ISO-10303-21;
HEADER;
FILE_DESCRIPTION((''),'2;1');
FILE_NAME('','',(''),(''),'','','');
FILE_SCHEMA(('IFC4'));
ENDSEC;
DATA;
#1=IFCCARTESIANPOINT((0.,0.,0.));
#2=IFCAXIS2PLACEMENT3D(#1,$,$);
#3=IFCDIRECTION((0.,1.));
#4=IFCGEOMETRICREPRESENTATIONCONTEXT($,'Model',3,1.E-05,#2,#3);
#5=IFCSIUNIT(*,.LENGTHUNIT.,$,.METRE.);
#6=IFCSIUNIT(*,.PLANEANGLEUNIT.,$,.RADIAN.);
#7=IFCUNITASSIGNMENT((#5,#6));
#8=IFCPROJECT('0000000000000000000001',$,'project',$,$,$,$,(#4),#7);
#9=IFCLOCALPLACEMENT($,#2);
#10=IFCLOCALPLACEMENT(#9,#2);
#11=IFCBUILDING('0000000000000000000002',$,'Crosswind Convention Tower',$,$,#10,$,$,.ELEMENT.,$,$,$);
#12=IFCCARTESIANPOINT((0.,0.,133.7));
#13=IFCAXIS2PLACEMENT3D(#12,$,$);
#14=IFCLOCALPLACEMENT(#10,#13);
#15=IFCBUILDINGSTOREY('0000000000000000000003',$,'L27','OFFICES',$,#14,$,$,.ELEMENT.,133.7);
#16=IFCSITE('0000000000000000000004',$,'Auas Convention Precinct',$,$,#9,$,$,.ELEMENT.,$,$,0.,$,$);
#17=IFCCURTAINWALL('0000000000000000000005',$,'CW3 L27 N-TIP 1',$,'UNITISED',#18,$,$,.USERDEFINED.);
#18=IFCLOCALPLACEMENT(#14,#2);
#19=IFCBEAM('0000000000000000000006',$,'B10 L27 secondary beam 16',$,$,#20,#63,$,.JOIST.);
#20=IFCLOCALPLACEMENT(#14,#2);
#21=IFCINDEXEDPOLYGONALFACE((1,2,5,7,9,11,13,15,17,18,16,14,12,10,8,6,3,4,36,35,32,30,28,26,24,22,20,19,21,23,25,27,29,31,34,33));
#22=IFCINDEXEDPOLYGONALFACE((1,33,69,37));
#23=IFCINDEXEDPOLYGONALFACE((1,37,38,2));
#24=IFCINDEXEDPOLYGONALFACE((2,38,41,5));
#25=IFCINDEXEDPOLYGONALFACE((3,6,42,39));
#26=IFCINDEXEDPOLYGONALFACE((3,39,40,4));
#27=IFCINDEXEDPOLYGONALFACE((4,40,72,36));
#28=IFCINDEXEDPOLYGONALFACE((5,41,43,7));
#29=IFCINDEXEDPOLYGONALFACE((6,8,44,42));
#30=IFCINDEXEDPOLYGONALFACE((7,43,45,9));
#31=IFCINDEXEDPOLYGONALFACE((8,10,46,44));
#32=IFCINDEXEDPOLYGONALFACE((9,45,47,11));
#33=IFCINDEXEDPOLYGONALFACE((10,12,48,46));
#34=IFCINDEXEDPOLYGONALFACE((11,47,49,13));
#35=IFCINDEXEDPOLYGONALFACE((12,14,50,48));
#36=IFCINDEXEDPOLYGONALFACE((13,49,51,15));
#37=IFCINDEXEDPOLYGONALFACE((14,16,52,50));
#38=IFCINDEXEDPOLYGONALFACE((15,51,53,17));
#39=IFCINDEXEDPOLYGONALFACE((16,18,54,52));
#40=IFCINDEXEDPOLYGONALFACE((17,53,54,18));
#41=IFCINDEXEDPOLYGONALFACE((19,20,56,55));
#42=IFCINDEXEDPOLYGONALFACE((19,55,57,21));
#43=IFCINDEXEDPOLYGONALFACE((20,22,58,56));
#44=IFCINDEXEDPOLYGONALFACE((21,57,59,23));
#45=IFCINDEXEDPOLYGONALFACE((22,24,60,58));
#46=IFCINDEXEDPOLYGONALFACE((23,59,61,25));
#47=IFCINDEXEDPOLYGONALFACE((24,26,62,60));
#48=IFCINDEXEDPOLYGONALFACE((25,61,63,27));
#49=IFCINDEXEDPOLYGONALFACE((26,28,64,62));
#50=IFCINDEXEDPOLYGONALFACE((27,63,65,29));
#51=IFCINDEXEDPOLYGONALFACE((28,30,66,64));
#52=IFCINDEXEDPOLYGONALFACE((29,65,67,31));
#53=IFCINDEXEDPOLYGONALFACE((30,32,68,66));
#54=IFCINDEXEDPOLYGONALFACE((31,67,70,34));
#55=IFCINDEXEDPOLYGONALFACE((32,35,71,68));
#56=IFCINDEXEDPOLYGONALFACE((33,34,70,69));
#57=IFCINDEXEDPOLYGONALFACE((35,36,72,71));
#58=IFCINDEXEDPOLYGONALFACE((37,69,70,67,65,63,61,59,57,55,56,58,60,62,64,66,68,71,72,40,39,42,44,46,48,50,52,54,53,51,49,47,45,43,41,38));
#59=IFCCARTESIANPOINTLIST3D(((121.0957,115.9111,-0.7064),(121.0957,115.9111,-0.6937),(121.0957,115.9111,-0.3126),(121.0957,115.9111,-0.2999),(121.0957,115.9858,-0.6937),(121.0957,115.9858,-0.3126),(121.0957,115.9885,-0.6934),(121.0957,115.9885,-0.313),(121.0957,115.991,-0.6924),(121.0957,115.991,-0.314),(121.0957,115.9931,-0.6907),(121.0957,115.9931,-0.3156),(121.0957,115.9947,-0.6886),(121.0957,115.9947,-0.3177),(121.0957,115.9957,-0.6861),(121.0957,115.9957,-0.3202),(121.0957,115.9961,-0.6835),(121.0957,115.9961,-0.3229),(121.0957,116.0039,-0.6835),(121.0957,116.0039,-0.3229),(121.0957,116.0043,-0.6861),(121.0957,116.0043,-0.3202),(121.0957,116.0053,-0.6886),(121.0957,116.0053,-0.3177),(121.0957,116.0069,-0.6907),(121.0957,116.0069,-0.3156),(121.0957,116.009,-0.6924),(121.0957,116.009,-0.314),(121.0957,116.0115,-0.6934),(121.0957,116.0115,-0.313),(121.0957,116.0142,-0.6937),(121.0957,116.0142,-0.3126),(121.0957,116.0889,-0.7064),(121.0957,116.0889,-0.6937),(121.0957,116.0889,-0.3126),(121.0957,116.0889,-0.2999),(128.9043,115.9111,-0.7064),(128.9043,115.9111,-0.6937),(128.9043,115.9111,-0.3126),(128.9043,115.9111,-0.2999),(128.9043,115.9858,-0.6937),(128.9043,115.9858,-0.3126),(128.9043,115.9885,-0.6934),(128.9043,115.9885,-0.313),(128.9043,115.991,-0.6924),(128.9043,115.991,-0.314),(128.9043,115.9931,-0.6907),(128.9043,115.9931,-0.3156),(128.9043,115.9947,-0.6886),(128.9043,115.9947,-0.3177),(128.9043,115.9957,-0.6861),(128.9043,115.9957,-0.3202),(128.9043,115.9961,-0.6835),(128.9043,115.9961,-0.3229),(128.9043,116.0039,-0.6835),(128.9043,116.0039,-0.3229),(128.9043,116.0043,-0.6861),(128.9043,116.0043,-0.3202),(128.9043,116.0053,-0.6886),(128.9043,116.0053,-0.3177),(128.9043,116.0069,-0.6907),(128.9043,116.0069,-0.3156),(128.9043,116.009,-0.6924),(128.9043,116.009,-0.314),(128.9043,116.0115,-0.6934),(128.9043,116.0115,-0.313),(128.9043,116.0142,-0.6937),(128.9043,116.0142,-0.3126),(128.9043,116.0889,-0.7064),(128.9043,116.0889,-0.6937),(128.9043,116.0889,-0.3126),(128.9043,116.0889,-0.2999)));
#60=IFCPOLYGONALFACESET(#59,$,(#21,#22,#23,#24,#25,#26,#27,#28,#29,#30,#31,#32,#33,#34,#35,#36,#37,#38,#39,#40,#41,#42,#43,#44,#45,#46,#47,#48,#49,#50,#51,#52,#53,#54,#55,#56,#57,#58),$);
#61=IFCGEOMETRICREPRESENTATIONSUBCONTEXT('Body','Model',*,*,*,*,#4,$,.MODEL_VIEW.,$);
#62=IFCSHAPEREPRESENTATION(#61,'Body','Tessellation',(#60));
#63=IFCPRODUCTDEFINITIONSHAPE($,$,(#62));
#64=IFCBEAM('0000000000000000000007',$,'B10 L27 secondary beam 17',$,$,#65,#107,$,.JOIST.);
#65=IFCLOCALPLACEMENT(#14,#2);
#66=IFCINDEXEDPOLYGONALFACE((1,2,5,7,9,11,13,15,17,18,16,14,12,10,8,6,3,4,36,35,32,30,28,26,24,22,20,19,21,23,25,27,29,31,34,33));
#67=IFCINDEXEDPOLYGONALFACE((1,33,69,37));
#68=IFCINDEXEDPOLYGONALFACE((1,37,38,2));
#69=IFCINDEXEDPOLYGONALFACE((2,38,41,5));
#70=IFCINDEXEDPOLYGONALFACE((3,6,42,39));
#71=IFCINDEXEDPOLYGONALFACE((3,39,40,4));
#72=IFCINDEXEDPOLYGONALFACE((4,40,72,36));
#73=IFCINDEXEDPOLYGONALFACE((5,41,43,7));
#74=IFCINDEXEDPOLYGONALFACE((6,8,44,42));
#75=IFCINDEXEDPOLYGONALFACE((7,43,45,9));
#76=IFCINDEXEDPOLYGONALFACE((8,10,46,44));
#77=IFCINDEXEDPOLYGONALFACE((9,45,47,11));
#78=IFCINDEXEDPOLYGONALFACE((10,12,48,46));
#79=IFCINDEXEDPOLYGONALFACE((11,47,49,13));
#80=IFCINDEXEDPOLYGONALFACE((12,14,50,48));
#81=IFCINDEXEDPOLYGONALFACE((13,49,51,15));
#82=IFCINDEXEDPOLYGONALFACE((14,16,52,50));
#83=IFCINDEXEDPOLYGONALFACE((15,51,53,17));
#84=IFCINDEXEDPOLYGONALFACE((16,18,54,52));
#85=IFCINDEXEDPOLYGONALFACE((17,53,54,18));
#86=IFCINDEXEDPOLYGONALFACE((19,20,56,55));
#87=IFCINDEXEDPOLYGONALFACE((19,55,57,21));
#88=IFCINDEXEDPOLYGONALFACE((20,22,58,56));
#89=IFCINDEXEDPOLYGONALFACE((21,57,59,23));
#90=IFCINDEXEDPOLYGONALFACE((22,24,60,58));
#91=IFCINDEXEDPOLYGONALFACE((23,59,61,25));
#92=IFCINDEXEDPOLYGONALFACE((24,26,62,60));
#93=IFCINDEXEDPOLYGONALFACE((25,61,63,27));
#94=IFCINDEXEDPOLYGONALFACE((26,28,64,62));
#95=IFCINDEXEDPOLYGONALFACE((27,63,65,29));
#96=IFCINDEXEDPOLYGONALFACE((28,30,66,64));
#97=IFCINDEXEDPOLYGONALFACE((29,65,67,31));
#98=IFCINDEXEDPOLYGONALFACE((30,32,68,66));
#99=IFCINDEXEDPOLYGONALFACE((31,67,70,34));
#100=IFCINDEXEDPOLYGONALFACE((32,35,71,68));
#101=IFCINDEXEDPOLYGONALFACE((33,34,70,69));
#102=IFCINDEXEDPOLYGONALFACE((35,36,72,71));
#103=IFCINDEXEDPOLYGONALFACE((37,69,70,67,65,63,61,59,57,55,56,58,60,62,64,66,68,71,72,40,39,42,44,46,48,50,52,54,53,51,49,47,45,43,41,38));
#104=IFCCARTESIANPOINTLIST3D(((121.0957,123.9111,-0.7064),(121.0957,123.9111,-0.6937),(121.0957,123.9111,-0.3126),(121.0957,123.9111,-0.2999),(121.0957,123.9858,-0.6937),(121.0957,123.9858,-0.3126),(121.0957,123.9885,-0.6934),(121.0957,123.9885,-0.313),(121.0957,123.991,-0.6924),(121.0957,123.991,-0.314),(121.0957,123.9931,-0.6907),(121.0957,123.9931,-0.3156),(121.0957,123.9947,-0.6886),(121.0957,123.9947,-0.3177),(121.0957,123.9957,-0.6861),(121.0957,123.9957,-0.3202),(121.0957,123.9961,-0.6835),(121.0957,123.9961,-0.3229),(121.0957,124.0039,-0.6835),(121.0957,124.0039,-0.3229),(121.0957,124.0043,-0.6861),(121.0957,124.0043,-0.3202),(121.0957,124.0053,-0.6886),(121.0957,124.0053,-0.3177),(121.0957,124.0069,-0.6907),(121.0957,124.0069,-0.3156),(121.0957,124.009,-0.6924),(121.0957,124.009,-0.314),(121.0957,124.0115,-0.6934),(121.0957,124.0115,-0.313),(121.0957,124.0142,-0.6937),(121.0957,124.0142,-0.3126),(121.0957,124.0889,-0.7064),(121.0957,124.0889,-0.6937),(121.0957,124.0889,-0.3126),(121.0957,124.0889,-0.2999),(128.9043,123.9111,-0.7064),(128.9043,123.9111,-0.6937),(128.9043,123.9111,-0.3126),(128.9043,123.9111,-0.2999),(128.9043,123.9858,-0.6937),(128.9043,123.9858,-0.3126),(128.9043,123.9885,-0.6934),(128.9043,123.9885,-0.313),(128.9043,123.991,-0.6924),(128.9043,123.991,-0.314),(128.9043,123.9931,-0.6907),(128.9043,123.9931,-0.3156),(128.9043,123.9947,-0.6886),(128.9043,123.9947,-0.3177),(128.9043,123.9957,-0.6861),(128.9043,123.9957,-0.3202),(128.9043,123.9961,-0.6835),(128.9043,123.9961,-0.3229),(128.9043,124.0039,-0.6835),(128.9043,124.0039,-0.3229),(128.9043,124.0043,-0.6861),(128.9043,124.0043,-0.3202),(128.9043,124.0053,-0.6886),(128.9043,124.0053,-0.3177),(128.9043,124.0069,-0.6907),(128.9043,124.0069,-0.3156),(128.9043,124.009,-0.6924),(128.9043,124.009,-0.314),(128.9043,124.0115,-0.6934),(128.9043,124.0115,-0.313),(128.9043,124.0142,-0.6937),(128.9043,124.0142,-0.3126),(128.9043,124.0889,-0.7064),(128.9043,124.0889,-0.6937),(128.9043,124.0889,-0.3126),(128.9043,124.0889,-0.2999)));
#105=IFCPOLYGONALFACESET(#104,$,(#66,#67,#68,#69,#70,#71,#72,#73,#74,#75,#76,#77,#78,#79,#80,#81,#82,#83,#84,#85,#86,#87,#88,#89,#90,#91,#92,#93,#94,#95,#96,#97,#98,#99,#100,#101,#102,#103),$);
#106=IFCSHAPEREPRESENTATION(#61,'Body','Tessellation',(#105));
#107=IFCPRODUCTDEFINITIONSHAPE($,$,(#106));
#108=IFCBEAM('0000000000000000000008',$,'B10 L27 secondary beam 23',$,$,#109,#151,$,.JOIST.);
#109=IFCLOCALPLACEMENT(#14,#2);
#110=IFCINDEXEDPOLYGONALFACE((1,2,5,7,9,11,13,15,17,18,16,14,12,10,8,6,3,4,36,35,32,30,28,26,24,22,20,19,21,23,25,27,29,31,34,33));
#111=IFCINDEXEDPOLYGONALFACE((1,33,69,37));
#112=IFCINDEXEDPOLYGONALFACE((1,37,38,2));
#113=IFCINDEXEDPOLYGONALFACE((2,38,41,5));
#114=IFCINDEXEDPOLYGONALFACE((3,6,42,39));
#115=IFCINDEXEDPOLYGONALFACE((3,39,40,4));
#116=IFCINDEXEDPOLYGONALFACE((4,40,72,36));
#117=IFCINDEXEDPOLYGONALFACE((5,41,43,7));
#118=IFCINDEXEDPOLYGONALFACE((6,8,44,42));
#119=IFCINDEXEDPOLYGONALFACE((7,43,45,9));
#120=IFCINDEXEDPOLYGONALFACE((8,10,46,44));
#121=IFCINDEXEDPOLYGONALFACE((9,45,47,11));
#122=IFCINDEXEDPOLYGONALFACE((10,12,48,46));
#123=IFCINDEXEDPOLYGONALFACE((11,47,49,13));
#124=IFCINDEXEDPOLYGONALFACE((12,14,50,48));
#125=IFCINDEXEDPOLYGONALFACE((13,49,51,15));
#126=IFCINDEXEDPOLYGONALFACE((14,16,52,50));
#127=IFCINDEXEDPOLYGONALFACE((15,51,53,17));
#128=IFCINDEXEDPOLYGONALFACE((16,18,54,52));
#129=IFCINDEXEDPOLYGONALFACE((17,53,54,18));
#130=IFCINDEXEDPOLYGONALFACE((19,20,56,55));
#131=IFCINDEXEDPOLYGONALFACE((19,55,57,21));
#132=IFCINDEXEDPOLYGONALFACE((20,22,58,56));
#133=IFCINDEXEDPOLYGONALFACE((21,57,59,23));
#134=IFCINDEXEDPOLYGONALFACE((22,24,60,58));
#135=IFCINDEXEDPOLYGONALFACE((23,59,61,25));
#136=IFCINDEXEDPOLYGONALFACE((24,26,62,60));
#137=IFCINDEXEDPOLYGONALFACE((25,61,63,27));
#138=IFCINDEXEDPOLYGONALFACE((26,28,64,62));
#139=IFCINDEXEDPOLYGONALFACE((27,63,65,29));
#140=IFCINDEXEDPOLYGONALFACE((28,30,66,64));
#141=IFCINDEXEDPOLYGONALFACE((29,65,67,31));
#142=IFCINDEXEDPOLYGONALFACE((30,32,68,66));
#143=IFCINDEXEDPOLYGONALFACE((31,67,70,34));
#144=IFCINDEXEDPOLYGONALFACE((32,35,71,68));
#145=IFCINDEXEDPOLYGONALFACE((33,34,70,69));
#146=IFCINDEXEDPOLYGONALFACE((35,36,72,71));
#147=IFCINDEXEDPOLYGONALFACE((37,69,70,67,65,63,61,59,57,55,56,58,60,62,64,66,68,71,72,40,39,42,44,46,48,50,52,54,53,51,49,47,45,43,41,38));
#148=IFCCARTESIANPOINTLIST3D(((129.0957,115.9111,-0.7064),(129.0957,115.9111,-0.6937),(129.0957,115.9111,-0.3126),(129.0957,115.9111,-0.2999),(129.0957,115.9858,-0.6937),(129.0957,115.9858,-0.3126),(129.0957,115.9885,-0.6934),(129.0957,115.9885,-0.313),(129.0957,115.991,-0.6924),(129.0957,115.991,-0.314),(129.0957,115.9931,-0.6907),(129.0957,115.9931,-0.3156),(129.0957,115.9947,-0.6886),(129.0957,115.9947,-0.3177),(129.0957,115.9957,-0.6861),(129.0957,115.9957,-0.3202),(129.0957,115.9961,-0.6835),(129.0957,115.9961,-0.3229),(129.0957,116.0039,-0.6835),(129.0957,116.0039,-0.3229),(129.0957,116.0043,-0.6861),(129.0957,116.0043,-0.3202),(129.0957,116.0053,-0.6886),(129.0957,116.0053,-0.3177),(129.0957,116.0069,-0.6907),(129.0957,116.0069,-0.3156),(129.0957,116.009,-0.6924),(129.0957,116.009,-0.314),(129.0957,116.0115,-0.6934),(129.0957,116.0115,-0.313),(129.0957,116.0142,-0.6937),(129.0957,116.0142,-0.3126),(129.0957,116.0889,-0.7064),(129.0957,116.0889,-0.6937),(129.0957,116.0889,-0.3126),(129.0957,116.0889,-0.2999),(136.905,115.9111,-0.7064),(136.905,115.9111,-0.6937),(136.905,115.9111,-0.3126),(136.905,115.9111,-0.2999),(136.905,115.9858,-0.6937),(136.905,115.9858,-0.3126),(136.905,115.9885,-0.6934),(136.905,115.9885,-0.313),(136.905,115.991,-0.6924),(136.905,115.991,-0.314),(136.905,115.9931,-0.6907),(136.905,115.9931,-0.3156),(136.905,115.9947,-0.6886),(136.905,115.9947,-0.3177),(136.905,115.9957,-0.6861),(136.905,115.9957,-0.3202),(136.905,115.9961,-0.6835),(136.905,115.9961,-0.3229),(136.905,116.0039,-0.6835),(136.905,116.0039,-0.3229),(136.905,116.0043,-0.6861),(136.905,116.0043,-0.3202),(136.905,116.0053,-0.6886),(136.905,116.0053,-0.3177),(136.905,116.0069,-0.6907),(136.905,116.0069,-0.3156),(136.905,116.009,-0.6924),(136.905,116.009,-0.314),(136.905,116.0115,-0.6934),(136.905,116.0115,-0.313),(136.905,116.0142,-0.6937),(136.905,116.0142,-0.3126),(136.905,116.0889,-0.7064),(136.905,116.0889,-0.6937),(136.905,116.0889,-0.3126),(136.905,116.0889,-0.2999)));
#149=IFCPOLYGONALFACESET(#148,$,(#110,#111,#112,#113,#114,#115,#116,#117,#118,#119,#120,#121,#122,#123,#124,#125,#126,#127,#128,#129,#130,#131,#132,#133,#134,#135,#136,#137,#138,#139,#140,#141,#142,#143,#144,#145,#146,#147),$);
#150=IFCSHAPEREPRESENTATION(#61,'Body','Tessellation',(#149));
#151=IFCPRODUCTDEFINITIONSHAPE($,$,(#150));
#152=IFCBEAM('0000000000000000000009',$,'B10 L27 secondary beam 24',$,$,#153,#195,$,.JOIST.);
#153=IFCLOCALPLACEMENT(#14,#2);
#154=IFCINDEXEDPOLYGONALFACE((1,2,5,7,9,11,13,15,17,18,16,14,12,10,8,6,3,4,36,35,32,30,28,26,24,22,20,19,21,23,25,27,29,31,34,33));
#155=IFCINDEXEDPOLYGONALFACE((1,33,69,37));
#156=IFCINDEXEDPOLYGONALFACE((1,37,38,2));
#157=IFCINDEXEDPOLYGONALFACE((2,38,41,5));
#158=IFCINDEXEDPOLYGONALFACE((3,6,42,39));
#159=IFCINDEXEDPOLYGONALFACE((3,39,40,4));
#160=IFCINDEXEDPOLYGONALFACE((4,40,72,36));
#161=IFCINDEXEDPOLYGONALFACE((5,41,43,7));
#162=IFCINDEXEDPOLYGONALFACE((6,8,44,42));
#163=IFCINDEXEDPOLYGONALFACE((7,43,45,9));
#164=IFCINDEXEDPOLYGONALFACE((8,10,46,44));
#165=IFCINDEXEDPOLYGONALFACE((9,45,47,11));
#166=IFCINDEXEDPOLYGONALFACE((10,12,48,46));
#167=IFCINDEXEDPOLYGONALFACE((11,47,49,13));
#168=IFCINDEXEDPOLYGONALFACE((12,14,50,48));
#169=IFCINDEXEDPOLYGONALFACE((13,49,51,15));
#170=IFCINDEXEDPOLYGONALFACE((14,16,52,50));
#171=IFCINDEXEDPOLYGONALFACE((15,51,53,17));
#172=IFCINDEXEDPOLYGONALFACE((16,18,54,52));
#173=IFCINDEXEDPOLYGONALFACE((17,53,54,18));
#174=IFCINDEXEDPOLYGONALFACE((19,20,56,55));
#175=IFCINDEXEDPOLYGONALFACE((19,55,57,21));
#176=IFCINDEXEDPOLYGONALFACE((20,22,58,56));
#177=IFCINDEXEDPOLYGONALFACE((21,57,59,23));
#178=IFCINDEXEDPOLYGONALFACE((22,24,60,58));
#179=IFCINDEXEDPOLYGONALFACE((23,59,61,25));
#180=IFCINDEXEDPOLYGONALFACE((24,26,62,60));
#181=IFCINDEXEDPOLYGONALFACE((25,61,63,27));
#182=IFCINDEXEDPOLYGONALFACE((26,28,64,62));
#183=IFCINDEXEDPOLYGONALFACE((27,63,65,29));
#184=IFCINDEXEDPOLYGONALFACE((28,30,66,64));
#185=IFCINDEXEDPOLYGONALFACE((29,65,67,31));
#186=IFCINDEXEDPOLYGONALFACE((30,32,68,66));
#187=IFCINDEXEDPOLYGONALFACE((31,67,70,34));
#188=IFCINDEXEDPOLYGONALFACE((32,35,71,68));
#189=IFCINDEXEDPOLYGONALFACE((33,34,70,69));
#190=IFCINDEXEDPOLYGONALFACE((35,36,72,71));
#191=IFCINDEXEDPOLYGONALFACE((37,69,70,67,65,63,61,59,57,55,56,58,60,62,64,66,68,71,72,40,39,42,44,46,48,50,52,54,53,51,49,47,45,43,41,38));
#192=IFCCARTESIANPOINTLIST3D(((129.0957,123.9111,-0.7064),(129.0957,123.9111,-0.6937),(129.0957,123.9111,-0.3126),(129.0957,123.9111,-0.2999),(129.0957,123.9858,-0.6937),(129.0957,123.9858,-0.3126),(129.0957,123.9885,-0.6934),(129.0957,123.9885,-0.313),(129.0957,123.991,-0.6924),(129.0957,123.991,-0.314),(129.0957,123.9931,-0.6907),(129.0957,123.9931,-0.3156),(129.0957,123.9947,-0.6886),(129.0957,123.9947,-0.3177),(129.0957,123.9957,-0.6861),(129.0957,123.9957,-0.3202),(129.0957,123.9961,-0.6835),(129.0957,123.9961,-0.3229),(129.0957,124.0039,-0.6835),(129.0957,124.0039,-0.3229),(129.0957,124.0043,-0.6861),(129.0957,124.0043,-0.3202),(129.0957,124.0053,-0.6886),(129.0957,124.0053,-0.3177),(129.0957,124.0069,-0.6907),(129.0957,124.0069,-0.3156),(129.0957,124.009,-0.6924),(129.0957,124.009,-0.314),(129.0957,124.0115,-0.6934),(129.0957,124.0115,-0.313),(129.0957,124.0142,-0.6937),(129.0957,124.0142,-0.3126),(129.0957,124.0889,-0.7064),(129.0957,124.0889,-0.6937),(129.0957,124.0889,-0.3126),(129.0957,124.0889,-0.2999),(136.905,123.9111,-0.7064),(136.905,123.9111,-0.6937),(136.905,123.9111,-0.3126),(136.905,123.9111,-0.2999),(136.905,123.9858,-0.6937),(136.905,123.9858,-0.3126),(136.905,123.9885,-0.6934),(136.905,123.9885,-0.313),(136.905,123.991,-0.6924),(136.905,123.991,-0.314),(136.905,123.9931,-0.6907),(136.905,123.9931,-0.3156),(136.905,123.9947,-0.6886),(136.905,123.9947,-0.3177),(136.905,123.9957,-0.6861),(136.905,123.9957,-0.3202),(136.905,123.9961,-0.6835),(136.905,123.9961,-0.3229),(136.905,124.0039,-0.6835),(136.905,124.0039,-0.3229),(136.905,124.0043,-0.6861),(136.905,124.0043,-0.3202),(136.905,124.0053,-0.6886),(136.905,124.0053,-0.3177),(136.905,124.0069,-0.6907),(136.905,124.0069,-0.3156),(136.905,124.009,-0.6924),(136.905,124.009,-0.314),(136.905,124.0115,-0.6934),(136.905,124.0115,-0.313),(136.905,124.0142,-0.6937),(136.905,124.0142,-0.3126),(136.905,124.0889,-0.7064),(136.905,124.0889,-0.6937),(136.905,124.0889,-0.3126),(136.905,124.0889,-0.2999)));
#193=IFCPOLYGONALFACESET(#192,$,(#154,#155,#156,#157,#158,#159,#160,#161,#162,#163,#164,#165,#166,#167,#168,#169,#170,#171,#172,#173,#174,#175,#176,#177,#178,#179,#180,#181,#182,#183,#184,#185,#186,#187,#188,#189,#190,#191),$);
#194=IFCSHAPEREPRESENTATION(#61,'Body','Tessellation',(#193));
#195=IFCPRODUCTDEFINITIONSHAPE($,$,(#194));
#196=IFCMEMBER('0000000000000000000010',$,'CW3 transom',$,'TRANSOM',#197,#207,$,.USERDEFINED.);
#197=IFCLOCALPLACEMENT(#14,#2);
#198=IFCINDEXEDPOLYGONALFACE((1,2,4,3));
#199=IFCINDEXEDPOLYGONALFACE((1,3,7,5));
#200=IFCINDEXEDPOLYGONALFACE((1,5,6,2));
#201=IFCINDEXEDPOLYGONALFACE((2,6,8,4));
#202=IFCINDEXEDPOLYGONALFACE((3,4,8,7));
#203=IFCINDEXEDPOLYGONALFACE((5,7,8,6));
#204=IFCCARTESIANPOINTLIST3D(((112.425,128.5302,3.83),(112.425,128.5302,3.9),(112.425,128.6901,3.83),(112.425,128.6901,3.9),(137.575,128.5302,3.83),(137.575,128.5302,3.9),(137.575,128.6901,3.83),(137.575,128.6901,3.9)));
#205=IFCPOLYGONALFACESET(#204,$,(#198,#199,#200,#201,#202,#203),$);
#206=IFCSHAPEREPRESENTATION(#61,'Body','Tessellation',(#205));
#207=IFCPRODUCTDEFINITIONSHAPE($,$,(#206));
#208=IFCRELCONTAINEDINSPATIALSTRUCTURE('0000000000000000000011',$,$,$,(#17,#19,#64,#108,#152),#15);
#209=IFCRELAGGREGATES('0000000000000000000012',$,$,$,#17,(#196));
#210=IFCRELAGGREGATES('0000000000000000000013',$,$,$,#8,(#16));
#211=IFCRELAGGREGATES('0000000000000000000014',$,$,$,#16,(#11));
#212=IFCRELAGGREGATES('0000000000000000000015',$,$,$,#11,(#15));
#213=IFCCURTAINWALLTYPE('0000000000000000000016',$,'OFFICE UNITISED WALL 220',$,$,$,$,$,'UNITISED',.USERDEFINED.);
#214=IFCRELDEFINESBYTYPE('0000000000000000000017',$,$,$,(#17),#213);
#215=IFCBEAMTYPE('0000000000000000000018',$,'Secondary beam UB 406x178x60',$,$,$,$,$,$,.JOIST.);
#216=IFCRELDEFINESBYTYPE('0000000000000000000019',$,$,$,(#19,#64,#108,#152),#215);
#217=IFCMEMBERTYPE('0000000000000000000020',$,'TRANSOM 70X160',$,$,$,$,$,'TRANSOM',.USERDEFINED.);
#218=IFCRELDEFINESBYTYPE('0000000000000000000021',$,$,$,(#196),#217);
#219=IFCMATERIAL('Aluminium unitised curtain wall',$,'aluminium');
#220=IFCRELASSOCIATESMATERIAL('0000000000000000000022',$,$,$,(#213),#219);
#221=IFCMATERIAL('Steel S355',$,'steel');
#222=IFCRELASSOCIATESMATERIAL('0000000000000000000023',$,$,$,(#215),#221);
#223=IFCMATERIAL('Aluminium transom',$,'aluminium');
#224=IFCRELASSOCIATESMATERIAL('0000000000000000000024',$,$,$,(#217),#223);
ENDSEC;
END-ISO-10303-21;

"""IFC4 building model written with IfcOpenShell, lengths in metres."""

from ifc_helpers import new_model, si_unit, direction, frame, origin, origin_2d, place, context, subcontext, project, spatial, rectangle, i_section, extrude, material, material_profile, profile_set, type_object, element, aggregate, save


model = new_model("IFC4")

# Units and contexts
model_context = context("Model", 3, precision=1e-05, world=origin(), true_north=direction((0.0, 1.0)))
body_context = subcontext(model_context, "Body", "Model", "MODEL_VIEW")
ifc_project = project(units=[si_unit("LENGTHUNIT", "METRE"), si_unit("PLANEANGLEUNIT", "RADIAN")], contexts=[model_context])

# Site, building, storey
site_placement = place(None, origin())
site = spatial("IfcSite", under=ifc_project, at=site_placement, Name="Auas Convention Precinct", CompositionType="ELEMENT", RefElevation=0.0)
building_placement = place(site_placement, origin())
building = spatial("IfcBuilding", under=site, at=building_placement, Name="Crosswind Convention Tower", CompositionType="ELEMENT")
storey_placement = place(building_placement, frame((0.0, 0.0, 133.7)))
storey = spatial("IfcBuildingStorey", under=building, at=storey_placement, Name="L27", Description="OFFICES", CompositionType="ELEMENT", Elevation=133.7)

# Shared definitions
ifc_material_1 = material(Name="Steel S355", Category="steel")

# Curtain wall
ifc_material_2 = material(Name="Aluminium unitised curtain wall", Category="aluminium")
curtain_wall_type = type_object("IfcCurtainWallType", Name="OFFICE UNITISED WALL 220", ElementType="UNITISED", PredefinedType="USERDEFINED", material=ifc_material_2)
curtain_wall_placement = place(storey_placement, origin())
curtain_wall = element("IfcCurtainWall", 1, at=curtain_wall_placement, inside=storey, type_object=curtain_wall_type, Name="CW3 L27 N-TIP 1", ObjectType="UNITISED", PredefinedType="USERDEFINED")

# Beams
ifc_material_profile_1 = material_profile(ifc_material_1, i_section(OverallWidth=0.1777, OverallDepth=0.4065, WebThickness=0.0078, FlangeThickness=0.0127, FilletRadius=0.0103, at=origin_2d()), Name="UB 406x178x60")
ifc_profile_set_1 = profile_set([ifc_material_profile_1], Name="Steel S355")
beam_type_1 = type_object("IfcBeamType", Name="Secondary beam UB 406x178x60", PredefinedType="JOIST", material=ifc_profile_set_1)
for number, where, z_axis, x_axis, name in (
    (2, (121.0957, 116.0, -0.5032), (1.0, 0.0, 0.0), (0.0, 1.0, 0.0), "B10 L27 secondary beam 16"),
    (3, (121.0957, 124.0, -0.5032), (1.0, 0.0, 0.0), (0.0, 1.0, 0.0), "B10 L27 secondary beam 17"),
):
    element("IfcBeam", number, at=place(storey_placement, frame(where, z_axis=z_axis, x_axis=x_axis)), inside=storey, type_object=beam_type_1, Name=name, PredefinedType="JOIST", context=body_context, shape_type="SweptSolid", body=[
        extrude(i_section(OverallWidth=0.1777, OverallDepth=0.4065, WebThickness=0.0078, FlangeThickness=0.0127, FilletRadius=0.0103, at=origin_2d()), origin(), (0.0, 0.0, 1.0), 7.8086),
    ])
for number, where, z_axis, x_axis, name in (
    (4, (129.0957, 116.0, -0.5032), (1.0, 0.0, 0.0), (0.0, 1.0, 0.0), "B10 L27 secondary beam 23"),
    (5, (129.0957, 124.0, -0.5032), (1.0, 0.0, 0.0), (0.0, 1.0, 0.0), "B10 L27 secondary beam 24"),
):
    element("IfcBeam", number, at=place(storey_placement, frame(where, z_axis=z_axis, x_axis=x_axis)), inside=storey, type_object=beam_type_1, Name=name, PredefinedType="JOIST", context=body_context, shape_type="SweptSolid", body=[
        extrude(i_section(OverallWidth=0.1777, OverallDepth=0.4065, WebThickness=0.0078, FlangeThickness=0.0127, FilletRadius=0.0103, at=origin_2d()), origin(), (0.0, 0.0, 1.0), 7.8093),
    ])

# Member
ifc_material_3 = material(Name="Aluminium transom", Category="aluminium")
ifc_material_profile_2 = material_profile(ifc_material_3, rectangle(XDim=0.1599, YDim=0.0701, at=origin_2d()), Name="AL 160X70")
ifc_profile_set_2 = profile_set([ifc_material_profile_2], Name="Aluminium transom")
member_type_1 = type_object("IfcMemberType", Name="TRANSOM 70X160", ElementType="TRANSOM", PredefinedType="USERDEFINED", material=ifc_profile_set_2)
member_1_placement = place(storey_placement, frame((137.575, 128.6101, 3.865), z_axis=(-1.0, 0.0, 0.0), x_axis=(0.0, -1.0, 0.0)))
member_1 = element("IfcMember", 6, at=member_1_placement, type_object=member_type_1, Name="CW3 transom", ObjectType="TRANSOM", PredefinedType="USERDEFINED", context=body_context, shape_type="SweptSolid", body=[
    extrude(rectangle(XDim=0.1599, YDim=0.0701, at=origin_2d()), origin(), (0.0, 0.0, 1.0), 25.1499),
])

aggregate(curtain_wall, [member_1])

save(model, "model.ifc")
